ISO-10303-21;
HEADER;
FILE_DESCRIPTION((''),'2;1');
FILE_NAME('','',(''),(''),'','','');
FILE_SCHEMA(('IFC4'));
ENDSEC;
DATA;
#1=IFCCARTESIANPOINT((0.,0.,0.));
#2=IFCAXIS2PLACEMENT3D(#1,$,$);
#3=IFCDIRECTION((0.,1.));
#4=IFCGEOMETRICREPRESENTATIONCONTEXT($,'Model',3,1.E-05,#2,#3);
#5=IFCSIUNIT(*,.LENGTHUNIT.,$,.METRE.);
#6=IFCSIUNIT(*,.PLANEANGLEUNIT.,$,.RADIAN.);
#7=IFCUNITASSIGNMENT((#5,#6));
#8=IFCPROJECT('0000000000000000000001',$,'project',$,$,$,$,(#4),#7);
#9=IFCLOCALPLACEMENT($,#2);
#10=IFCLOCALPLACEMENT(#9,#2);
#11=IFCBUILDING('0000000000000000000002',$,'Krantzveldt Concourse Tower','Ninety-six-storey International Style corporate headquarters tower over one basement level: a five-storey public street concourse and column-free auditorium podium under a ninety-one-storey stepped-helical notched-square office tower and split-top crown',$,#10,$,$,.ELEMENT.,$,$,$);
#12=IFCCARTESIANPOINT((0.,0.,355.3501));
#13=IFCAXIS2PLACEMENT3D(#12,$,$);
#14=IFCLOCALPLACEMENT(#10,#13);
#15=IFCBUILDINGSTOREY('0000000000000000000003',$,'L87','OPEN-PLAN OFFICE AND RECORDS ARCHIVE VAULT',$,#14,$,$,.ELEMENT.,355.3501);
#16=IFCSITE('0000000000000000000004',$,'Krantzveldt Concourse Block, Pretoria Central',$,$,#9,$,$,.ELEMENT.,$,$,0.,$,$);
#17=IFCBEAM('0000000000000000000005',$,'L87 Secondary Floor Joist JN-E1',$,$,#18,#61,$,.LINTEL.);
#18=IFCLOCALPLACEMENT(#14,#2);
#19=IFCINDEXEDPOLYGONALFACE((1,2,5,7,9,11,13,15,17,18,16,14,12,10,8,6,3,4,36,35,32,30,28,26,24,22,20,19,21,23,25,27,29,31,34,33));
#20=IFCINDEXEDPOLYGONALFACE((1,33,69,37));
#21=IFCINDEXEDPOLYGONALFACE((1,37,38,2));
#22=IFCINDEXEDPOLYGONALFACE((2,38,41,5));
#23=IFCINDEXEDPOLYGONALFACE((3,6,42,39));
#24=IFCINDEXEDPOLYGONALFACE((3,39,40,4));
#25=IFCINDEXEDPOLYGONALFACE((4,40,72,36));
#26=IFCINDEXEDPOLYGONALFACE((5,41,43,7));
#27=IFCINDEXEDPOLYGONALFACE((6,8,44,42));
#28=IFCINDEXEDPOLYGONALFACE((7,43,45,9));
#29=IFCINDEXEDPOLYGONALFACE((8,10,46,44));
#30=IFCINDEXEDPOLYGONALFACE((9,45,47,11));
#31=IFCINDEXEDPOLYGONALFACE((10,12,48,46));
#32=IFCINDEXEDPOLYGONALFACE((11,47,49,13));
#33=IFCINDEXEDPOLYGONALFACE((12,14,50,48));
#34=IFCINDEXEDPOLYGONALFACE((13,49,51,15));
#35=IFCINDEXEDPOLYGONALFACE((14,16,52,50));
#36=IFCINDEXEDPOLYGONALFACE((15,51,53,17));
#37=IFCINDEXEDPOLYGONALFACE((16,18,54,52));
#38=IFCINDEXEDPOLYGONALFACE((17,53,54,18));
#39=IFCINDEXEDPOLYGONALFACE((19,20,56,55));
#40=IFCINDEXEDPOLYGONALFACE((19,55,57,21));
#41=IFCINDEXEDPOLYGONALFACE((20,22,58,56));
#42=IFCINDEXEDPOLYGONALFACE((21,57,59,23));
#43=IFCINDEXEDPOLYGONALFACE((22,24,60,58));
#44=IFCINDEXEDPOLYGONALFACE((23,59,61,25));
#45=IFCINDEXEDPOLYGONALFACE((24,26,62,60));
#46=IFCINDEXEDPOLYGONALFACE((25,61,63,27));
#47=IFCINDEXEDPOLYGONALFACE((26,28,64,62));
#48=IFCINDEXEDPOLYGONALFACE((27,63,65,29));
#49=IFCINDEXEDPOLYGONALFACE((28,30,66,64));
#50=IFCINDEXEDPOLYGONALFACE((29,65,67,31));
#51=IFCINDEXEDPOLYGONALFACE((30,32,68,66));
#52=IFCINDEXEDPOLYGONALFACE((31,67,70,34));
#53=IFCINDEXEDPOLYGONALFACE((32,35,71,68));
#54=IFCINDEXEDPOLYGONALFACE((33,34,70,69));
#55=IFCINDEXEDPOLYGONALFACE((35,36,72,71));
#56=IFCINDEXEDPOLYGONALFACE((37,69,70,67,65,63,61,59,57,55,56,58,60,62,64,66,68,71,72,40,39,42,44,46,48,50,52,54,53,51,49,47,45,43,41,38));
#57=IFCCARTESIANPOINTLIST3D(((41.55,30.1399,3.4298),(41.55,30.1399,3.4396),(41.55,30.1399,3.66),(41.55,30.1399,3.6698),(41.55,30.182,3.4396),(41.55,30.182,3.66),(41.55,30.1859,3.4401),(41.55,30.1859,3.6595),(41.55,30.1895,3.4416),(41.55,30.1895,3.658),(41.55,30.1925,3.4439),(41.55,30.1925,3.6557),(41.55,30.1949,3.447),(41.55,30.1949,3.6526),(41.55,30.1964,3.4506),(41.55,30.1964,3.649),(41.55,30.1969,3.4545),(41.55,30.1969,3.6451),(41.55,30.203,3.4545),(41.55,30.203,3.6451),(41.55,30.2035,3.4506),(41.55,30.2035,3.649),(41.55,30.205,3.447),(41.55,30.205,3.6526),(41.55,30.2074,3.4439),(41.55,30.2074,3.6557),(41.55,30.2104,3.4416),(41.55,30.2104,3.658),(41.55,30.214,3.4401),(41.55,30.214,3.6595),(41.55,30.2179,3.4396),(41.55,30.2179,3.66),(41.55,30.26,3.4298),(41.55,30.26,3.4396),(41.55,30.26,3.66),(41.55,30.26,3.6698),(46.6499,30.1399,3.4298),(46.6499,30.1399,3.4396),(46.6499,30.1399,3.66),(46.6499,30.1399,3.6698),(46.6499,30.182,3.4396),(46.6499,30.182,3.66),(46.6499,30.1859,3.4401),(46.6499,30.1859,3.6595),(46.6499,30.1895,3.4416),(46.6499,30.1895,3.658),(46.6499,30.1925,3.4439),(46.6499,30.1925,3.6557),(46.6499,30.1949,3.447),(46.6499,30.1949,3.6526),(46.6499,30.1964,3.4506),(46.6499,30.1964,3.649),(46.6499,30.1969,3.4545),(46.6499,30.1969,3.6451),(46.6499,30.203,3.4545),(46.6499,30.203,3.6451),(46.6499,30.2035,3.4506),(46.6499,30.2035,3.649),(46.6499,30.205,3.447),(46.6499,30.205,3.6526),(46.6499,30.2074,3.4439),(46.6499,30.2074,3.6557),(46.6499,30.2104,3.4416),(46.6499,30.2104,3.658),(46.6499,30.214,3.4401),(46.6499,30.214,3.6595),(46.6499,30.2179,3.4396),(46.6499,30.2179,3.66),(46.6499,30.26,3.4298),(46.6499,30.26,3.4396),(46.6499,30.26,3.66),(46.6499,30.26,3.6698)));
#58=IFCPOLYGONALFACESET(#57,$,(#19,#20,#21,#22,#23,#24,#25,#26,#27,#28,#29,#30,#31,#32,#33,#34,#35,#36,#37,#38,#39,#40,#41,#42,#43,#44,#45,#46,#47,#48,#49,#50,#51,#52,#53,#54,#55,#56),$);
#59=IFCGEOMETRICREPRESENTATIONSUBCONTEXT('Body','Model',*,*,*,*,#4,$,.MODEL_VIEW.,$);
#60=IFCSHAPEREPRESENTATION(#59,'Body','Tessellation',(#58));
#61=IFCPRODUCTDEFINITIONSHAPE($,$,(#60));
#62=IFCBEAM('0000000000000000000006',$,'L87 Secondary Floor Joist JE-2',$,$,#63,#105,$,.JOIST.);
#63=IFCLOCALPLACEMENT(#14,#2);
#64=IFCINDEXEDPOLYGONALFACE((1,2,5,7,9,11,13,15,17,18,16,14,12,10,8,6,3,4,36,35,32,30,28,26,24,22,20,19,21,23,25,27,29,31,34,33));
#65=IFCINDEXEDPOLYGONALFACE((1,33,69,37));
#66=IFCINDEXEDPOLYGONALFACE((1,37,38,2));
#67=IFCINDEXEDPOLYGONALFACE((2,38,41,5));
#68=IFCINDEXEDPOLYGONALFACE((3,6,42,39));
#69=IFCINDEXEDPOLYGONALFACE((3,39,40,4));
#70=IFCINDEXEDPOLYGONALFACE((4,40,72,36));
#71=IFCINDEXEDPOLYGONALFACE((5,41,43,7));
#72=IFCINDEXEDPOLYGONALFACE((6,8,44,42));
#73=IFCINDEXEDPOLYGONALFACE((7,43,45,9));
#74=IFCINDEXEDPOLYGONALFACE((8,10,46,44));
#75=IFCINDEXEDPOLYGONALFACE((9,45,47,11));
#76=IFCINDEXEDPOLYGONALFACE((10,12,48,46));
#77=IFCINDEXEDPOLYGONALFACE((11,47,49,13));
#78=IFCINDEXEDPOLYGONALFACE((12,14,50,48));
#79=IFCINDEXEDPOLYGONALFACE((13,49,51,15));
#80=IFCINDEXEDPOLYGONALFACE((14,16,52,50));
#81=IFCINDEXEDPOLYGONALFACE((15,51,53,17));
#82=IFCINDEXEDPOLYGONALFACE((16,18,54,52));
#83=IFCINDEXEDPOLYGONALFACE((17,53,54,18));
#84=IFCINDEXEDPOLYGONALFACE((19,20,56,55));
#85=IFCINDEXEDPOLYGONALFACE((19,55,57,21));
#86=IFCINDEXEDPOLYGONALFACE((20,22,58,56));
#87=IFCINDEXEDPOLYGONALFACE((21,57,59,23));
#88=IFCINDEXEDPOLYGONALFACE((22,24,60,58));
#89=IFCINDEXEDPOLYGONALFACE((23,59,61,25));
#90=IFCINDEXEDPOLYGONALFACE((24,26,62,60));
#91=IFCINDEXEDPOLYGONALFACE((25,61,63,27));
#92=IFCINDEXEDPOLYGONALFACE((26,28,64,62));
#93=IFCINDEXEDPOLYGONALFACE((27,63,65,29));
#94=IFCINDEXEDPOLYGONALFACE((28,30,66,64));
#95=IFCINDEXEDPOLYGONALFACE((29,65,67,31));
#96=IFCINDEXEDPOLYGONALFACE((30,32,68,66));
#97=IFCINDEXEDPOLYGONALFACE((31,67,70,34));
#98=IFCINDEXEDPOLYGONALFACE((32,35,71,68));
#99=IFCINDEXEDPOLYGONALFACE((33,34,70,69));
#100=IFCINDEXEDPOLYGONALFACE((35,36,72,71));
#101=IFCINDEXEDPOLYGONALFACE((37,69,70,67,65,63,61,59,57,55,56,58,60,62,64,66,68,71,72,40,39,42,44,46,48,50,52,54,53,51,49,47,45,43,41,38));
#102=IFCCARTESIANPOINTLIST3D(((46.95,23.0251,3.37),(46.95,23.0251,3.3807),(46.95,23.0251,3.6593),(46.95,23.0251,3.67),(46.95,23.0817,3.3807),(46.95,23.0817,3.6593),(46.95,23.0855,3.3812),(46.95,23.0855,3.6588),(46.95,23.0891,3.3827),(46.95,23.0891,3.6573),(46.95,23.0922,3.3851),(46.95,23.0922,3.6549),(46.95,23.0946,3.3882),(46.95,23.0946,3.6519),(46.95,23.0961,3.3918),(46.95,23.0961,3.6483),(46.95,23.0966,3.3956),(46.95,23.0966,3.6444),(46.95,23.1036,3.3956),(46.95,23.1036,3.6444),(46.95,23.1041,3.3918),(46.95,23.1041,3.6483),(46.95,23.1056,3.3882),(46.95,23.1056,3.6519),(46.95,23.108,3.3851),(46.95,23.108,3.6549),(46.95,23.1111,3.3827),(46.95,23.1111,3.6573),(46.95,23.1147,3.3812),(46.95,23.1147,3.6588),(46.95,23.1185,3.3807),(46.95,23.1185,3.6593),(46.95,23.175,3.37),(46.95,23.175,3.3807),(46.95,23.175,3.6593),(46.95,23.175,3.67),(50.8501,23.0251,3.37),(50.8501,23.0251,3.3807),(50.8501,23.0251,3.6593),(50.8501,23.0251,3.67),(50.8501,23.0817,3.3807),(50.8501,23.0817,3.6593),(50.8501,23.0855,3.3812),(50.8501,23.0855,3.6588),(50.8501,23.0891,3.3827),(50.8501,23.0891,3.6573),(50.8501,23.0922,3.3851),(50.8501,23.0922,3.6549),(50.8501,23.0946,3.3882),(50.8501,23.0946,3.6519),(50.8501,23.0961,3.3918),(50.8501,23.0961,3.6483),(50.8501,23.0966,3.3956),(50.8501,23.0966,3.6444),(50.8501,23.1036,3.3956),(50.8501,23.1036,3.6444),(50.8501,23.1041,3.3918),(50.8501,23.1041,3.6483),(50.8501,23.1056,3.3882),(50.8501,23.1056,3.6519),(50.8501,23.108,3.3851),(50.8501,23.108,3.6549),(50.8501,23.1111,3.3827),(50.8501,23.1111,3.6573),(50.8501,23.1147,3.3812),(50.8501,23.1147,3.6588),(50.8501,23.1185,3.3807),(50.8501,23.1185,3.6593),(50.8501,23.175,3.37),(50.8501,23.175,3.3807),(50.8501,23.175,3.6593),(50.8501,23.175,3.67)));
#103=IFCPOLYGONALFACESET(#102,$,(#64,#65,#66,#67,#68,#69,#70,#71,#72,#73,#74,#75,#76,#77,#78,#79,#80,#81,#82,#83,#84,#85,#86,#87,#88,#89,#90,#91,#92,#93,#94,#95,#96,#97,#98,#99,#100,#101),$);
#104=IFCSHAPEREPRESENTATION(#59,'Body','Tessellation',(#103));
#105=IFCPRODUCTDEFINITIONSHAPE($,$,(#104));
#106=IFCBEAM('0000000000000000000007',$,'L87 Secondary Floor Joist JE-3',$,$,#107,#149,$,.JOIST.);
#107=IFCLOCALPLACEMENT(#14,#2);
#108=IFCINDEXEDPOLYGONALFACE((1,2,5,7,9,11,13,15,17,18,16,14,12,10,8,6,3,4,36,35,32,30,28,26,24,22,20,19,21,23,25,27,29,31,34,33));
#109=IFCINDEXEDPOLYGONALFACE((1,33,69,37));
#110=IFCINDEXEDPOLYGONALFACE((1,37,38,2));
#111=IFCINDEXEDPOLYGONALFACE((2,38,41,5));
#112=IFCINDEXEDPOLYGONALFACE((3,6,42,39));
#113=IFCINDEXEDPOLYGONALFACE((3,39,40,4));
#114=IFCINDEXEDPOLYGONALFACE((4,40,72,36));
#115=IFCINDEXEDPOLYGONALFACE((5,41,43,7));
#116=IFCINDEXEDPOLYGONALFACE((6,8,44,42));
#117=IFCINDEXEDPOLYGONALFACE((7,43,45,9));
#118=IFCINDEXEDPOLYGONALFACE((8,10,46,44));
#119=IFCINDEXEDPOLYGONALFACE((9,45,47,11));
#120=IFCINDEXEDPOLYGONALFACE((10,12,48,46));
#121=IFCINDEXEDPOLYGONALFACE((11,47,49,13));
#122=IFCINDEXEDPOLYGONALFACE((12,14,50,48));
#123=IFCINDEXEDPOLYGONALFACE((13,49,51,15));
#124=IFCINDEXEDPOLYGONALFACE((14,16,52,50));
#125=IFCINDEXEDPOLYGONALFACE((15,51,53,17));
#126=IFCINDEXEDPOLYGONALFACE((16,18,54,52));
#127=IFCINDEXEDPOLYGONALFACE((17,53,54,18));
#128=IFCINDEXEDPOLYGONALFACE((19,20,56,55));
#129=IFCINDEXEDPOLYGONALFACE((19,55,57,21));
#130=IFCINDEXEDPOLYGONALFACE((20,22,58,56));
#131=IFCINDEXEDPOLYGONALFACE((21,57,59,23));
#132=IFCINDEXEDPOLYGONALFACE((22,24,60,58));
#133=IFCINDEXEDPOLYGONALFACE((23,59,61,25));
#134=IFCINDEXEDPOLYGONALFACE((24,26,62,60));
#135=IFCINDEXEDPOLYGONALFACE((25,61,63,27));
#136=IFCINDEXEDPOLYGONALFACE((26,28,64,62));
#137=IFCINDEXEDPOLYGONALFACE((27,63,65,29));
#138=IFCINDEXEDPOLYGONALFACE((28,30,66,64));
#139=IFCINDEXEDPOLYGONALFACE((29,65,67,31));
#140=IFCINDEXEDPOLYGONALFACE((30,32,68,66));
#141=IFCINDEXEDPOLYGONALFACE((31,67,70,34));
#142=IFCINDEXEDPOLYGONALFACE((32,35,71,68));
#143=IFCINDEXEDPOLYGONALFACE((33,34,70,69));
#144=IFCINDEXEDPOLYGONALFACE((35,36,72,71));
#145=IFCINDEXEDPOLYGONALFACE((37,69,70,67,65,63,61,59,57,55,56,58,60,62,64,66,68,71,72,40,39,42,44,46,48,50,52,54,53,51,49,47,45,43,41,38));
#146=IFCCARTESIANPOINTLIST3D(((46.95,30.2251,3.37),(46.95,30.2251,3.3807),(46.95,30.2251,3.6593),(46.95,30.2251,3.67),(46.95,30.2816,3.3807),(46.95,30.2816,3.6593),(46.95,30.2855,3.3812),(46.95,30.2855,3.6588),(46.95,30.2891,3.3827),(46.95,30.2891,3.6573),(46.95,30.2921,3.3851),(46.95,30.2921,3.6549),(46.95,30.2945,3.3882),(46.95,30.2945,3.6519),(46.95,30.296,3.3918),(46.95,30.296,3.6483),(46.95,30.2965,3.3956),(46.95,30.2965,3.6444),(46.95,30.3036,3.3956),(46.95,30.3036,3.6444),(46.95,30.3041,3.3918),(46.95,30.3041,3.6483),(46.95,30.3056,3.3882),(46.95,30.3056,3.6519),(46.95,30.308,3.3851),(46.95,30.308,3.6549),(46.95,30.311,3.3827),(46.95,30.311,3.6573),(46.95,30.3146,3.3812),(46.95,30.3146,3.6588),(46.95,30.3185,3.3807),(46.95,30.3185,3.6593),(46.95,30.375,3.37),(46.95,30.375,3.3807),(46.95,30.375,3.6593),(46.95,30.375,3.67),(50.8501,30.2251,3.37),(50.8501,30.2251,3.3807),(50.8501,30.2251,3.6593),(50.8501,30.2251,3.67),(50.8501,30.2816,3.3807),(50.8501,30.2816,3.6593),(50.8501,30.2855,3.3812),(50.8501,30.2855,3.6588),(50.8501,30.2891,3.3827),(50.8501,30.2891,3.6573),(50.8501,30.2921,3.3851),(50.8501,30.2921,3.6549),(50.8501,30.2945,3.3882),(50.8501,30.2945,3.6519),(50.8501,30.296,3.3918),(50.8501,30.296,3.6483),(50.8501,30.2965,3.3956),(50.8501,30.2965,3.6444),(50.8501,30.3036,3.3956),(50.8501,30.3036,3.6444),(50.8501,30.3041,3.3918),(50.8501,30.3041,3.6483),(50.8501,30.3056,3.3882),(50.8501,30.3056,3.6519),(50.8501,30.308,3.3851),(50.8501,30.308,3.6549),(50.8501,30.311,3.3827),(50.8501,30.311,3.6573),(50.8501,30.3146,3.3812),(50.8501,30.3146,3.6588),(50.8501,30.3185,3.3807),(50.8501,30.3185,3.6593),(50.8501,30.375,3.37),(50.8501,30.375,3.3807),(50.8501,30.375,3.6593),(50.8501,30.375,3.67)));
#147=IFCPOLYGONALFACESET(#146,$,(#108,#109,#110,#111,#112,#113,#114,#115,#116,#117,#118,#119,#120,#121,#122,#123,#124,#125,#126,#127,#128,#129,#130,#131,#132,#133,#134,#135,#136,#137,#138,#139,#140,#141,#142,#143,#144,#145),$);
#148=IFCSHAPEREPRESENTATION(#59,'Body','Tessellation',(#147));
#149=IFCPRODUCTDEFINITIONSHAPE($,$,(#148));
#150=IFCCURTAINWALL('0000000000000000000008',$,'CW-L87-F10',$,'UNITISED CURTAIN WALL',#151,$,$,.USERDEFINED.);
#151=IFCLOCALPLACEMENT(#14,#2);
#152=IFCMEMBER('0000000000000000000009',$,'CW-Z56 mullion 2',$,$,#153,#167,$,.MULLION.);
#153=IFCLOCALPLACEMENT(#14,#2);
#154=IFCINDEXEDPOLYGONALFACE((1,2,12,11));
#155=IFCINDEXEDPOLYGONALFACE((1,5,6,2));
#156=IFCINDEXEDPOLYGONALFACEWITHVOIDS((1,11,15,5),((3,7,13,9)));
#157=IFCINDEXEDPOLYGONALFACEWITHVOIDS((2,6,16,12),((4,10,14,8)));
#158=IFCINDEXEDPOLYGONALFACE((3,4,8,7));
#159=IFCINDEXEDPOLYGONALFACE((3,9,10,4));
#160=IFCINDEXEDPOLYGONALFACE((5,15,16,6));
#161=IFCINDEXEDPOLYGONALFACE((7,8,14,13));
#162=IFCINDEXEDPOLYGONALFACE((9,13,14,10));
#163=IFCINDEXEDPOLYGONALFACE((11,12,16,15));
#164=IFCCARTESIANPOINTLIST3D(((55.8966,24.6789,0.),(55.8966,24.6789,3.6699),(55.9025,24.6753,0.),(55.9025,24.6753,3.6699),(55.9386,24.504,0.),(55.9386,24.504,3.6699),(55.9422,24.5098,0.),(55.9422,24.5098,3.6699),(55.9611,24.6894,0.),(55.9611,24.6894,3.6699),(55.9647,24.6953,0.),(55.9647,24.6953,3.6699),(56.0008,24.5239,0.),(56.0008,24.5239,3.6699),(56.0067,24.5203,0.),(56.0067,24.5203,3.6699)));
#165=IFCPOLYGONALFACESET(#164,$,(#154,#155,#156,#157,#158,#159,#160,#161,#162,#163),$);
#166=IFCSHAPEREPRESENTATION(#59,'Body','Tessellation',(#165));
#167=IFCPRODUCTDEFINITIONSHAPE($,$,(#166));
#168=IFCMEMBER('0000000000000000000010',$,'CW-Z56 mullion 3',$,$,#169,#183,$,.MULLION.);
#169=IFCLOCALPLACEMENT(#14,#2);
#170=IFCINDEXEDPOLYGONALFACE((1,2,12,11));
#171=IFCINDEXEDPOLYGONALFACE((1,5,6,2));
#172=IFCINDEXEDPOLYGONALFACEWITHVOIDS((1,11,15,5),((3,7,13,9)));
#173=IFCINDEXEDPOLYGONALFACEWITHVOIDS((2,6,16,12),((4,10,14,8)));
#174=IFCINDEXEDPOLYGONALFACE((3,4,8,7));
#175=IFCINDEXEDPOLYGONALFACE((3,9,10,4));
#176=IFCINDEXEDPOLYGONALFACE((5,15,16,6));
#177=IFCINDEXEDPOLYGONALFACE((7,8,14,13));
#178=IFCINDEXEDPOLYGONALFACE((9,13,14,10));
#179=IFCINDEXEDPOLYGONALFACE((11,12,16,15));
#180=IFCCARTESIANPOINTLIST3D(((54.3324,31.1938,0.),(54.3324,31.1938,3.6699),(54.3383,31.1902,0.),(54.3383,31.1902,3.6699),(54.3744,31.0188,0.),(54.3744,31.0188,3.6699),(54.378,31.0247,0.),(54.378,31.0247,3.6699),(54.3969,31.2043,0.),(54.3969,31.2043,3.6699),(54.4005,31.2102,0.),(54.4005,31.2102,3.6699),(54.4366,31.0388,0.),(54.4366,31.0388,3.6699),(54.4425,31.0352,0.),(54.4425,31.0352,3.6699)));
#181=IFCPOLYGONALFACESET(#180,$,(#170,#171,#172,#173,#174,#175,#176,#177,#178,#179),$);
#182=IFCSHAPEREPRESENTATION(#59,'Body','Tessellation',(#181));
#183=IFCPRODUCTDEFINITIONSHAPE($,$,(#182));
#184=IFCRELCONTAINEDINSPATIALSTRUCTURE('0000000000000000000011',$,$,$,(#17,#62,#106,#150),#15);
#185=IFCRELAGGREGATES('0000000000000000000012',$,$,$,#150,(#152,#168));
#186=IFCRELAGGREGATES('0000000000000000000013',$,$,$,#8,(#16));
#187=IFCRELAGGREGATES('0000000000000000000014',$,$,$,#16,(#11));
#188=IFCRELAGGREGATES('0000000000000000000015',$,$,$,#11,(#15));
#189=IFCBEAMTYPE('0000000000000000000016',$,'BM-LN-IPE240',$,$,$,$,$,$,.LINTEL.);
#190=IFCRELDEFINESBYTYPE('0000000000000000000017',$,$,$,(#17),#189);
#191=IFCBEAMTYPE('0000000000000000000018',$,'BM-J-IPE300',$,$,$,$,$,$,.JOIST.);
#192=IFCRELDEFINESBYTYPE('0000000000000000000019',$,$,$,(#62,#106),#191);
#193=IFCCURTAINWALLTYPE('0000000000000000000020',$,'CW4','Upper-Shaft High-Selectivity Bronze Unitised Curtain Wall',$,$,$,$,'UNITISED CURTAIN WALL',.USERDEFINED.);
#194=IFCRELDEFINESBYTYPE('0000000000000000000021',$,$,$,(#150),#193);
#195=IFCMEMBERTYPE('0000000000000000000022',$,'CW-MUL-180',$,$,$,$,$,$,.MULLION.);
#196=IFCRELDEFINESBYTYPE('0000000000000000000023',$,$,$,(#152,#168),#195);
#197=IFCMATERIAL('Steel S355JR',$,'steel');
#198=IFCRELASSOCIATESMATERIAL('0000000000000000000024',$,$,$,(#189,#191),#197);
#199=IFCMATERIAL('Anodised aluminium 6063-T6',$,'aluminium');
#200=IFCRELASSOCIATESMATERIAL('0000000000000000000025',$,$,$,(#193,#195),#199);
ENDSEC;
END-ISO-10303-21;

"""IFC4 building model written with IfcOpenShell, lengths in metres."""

from ifc_helpers import new_model, si_unit, direction, frame, origin, origin_2d, place, context, subcontext, project, spatial, hollow_rectangle, i_section, extrude, source, transform, mapped, material, material_profile, profile_set, type_object, type_shapes, element, aggregate, save


model = new_model("IFC4")

# Units and contexts
model_context = context("Model", 3, precision=1e-05, world=origin(), true_north=direction((0.0, 1.0)))
body_context = subcontext(model_context, "Body", "Model", "MODEL_VIEW")
ifc_project = project(units=[si_unit("LENGTHUNIT", "METRE"), si_unit("PLANEANGLEUNIT", "RADIAN")], contexts=[model_context])

# Site, building, storey
site_placement = place(None, origin())
site = spatial("IfcSite", under=ifc_project, at=site_placement, Name="Krantzveldt Concourse Block, Pretoria Central", CompositionType="ELEMENT", RefElevation=0.0)
building_placement = place(site_placement, origin())
building = spatial("IfcBuilding", under=site, at=building_placement, Name="Krantzveldt Concourse Tower", Description="Ninety-six-storey International Style corporate headquarters tower over one basement level: a five-storey public street concourse and column-free auditorium podium under a ninety-one-storey stepped-helical notched-square office tower and split-top crown", CompositionType="ELEMENT")
storey_placement = place(building_placement, frame((0.0, 0.0, 355.3501)))
storey = spatial("IfcBuildingStorey", under=building, at=storey_placement, Name="L87", Description="OPEN-PLAN OFFICE AND RECORDS ARCHIVE VAULT", CompositionType="ELEMENT", Elevation=355.3501)

# Beams
ifc_material_1 = material(Name="Steel S355JR", Category="steel")
ifc_material_profile_1 = material_profile(ifc_material_1, i_section(OverallWidth=0.1201, OverallDepth=0.24, WebThickness=0.0061, FlangeThickness=0.0098, FilletRadius=0.0149, at=origin_2d()), Name="Steel S355JR", Category="steel")
ifc_profile_set_1 = profile_set([ifc_material_profile_1], Name="Steel S355JR - IPE 240")
beam_type_1 = type_object("IfcBeamType", Name="BM-LN-IPE240", PredefinedType="LINTEL", material=ifc_profile_set_1)
shared_shape_1 = source(origin(), body_context, "Body", "SweptSolid", [
    extrude(i_section(OverallWidth=0.1201, OverallDepth=0.24, WebThickness=0.0061, FlangeThickness=0.0098, FilletRadius=0.0149, at=origin_2d()), origin(), (0.0, 0.0, 1.0), 5.0999),
])
type_shapes(beam_type_1, [shared_shape_1])
beam_1_placement = place(storey_placement, frame((41.55, 30.2, 3.5498), z_axis=(1.0, 0.0, 0.0), x_axis=(0.0, 1.0, 0.0)))
element("IfcBeam", 1, at=beam_1_placement, inside=storey, type_object=beam_type_1, Name="L87 Secondary Floor Joist JN-E1", PredefinedType="LINTEL", context=body_context, shape_type="MappedRepresentation", body=[
    mapped(shared_shape_1, transform((0.0, 0.0, 0.0), x_axis=(1.0, 0.0, 0.0), y_axis=(0.0, 1.0, 0.0), z_axis=(0.0, 0.0, 1.0), scale=1.0)),
])
ifc_material_profile_2 = material_profile(ifc_material_1, i_section(OverallWidth=0.1499, OverallDepth=0.3, WebThickness=0.0071, FlangeThickness=0.0107, FilletRadius=0.0149, at=origin_2d()), Name="Steel S355JR", Category="steel")
ifc_profile_set_2 = profile_set([ifc_material_profile_2], Name="Steel S355JR - IPE 300")
beam_type_2 = type_object("IfcBeamType", Name="BM-J-IPE300", PredefinedType="JOIST", material=ifc_profile_set_2)
shared_shape_2 = source(origin(), body_context, "Body", "SweptSolid", [
    extrude(i_section(OverallWidth=0.1499, OverallDepth=0.3, WebThickness=0.0071, FlangeThickness=0.0107, FilletRadius=0.0149, at=origin_2d()), origin(), (0.0, 0.0, 1.0), 3.9001),
])
type_shapes(beam_type_2, [shared_shape_2])
for number, where, z_axis, x_axis, name in (
    (2, (46.95, 23.1001, 3.52), (1.0, 0.0, 0.0), (0.0, 1.0, 0.0), "L87 Secondary Floor Joist JE-2"),
    (3, (46.95, 30.3, 3.52), (1.0, 0.0, 0.0), (0.0, 1.0, 0.0), "L87 Secondary Floor Joist JE-3"),
):
    element("IfcBeam", number, at=place(storey_placement, frame(where, z_axis=z_axis, x_axis=x_axis)), inside=storey, type_object=beam_type_2, Name=name, PredefinedType="JOIST", context=body_context, shape_type="MappedRepresentation", body=[
        mapped(shared_shape_2, transform((0.0, 0.0, 0.0), x_axis=(1.0, 0.0, 0.0), y_axis=(0.0, 1.0, 0.0), z_axis=(0.0, 0.0, 1.0), scale=1.0)),
    ])

# Curtain wall, members
ifc_material_2 = material(Name="Anodised aluminium 6063-T6", Category="aluminium")
curtain_wall_type = type_object("IfcCurtainWallType", Name="CW4", Description="Upper-Shaft High-Selectivity Bronze Unitised Curtain Wall", ElementType="UNITISED CURTAIN WALL", PredefinedType="USERDEFINED", material=ifc_material_2)
curtain_wall_placement = place(storey_placement, origin())
curtain_wall = element("IfcCurtainWall", 4, at=curtain_wall_placement, inside=storey, type_object=curtain_wall_type, Name="CW-L87-F10", ObjectType="UNITISED CURTAIN WALL", PredefinedType="USERDEFINED")
ifc_material_profile_3 = material_profile(ifc_material_2, hollow_rectangle(XDim=0.0701, YDim=0.1799, WallThickness=0.0049, at=origin_2d()), Name="Anodised aluminium 6063-T6", Category="aluminium")
ifc_profile_set_3 = profile_set([ifc_material_profile_3], Name="Anodised aluminium 6063-T6 - ALU-MULL 180x70x5")
member_type_1 = type_object("IfcMemberType", Name="CW-MUL-180", PredefinedType="MULLION", material=ifc_profile_set_3)
shared_shape_3 = source(origin(), body_context, "Body", "SweptSolid", [
    extrude(hollow_rectangle(XDim=0.0701, YDim=0.1799, WallThickness=0.0049, at=origin_2d()), origin(), (0.0, 0.0, 1.0), 3.6699),
])
type_shapes(member_type_1, [shared_shape_3])
member_1_placement = place(storey_placement, frame((55.9517, 24.5996, 0.0), z_axis=(0.0, 0.0, 1.0), x_axis=(-0.97237, -0.233445, 0.0)))
member_1 = element("IfcMember", 5, at=member_1_placement, type_object=member_type_1, Name="CW-Z56 mullion 2", PredefinedType="MULLION", context=body_context, shape_type="MappedRepresentation", body=[
    mapped(shared_shape_3, transform((0.0, 0.0, 0.0), x_axis=(1.0, 0.0, 0.0), y_axis=(0.0, 1.0, 0.0), z_axis=(0.0, 0.0, 1.0), scale=1.0)),
])
member_2_placement = place(storey_placement, frame((54.3875, 31.1145, 0.0), z_axis=(0.0, 0.0, 1.0), x_axis=(-0.97237, -0.233445, 0.0)))
member_2 = element("IfcMember", 6, at=member_2_placement, type_object=member_type_1, Name="CW-Z56 mullion 3", PredefinedType="MULLION", context=body_context, shape_type="MappedRepresentation", body=[
    mapped(shared_shape_3, transform((0.0, 0.0, 0.0), x_axis=(1.0, 0.0, 0.0), y_axis=(0.0, 1.0, 0.0), z_axis=(0.0, 0.0, 1.0), scale=1.0)),
])
aggregate(curtain_wall, [member_1, member_2])

save(model, "model.ifc")
